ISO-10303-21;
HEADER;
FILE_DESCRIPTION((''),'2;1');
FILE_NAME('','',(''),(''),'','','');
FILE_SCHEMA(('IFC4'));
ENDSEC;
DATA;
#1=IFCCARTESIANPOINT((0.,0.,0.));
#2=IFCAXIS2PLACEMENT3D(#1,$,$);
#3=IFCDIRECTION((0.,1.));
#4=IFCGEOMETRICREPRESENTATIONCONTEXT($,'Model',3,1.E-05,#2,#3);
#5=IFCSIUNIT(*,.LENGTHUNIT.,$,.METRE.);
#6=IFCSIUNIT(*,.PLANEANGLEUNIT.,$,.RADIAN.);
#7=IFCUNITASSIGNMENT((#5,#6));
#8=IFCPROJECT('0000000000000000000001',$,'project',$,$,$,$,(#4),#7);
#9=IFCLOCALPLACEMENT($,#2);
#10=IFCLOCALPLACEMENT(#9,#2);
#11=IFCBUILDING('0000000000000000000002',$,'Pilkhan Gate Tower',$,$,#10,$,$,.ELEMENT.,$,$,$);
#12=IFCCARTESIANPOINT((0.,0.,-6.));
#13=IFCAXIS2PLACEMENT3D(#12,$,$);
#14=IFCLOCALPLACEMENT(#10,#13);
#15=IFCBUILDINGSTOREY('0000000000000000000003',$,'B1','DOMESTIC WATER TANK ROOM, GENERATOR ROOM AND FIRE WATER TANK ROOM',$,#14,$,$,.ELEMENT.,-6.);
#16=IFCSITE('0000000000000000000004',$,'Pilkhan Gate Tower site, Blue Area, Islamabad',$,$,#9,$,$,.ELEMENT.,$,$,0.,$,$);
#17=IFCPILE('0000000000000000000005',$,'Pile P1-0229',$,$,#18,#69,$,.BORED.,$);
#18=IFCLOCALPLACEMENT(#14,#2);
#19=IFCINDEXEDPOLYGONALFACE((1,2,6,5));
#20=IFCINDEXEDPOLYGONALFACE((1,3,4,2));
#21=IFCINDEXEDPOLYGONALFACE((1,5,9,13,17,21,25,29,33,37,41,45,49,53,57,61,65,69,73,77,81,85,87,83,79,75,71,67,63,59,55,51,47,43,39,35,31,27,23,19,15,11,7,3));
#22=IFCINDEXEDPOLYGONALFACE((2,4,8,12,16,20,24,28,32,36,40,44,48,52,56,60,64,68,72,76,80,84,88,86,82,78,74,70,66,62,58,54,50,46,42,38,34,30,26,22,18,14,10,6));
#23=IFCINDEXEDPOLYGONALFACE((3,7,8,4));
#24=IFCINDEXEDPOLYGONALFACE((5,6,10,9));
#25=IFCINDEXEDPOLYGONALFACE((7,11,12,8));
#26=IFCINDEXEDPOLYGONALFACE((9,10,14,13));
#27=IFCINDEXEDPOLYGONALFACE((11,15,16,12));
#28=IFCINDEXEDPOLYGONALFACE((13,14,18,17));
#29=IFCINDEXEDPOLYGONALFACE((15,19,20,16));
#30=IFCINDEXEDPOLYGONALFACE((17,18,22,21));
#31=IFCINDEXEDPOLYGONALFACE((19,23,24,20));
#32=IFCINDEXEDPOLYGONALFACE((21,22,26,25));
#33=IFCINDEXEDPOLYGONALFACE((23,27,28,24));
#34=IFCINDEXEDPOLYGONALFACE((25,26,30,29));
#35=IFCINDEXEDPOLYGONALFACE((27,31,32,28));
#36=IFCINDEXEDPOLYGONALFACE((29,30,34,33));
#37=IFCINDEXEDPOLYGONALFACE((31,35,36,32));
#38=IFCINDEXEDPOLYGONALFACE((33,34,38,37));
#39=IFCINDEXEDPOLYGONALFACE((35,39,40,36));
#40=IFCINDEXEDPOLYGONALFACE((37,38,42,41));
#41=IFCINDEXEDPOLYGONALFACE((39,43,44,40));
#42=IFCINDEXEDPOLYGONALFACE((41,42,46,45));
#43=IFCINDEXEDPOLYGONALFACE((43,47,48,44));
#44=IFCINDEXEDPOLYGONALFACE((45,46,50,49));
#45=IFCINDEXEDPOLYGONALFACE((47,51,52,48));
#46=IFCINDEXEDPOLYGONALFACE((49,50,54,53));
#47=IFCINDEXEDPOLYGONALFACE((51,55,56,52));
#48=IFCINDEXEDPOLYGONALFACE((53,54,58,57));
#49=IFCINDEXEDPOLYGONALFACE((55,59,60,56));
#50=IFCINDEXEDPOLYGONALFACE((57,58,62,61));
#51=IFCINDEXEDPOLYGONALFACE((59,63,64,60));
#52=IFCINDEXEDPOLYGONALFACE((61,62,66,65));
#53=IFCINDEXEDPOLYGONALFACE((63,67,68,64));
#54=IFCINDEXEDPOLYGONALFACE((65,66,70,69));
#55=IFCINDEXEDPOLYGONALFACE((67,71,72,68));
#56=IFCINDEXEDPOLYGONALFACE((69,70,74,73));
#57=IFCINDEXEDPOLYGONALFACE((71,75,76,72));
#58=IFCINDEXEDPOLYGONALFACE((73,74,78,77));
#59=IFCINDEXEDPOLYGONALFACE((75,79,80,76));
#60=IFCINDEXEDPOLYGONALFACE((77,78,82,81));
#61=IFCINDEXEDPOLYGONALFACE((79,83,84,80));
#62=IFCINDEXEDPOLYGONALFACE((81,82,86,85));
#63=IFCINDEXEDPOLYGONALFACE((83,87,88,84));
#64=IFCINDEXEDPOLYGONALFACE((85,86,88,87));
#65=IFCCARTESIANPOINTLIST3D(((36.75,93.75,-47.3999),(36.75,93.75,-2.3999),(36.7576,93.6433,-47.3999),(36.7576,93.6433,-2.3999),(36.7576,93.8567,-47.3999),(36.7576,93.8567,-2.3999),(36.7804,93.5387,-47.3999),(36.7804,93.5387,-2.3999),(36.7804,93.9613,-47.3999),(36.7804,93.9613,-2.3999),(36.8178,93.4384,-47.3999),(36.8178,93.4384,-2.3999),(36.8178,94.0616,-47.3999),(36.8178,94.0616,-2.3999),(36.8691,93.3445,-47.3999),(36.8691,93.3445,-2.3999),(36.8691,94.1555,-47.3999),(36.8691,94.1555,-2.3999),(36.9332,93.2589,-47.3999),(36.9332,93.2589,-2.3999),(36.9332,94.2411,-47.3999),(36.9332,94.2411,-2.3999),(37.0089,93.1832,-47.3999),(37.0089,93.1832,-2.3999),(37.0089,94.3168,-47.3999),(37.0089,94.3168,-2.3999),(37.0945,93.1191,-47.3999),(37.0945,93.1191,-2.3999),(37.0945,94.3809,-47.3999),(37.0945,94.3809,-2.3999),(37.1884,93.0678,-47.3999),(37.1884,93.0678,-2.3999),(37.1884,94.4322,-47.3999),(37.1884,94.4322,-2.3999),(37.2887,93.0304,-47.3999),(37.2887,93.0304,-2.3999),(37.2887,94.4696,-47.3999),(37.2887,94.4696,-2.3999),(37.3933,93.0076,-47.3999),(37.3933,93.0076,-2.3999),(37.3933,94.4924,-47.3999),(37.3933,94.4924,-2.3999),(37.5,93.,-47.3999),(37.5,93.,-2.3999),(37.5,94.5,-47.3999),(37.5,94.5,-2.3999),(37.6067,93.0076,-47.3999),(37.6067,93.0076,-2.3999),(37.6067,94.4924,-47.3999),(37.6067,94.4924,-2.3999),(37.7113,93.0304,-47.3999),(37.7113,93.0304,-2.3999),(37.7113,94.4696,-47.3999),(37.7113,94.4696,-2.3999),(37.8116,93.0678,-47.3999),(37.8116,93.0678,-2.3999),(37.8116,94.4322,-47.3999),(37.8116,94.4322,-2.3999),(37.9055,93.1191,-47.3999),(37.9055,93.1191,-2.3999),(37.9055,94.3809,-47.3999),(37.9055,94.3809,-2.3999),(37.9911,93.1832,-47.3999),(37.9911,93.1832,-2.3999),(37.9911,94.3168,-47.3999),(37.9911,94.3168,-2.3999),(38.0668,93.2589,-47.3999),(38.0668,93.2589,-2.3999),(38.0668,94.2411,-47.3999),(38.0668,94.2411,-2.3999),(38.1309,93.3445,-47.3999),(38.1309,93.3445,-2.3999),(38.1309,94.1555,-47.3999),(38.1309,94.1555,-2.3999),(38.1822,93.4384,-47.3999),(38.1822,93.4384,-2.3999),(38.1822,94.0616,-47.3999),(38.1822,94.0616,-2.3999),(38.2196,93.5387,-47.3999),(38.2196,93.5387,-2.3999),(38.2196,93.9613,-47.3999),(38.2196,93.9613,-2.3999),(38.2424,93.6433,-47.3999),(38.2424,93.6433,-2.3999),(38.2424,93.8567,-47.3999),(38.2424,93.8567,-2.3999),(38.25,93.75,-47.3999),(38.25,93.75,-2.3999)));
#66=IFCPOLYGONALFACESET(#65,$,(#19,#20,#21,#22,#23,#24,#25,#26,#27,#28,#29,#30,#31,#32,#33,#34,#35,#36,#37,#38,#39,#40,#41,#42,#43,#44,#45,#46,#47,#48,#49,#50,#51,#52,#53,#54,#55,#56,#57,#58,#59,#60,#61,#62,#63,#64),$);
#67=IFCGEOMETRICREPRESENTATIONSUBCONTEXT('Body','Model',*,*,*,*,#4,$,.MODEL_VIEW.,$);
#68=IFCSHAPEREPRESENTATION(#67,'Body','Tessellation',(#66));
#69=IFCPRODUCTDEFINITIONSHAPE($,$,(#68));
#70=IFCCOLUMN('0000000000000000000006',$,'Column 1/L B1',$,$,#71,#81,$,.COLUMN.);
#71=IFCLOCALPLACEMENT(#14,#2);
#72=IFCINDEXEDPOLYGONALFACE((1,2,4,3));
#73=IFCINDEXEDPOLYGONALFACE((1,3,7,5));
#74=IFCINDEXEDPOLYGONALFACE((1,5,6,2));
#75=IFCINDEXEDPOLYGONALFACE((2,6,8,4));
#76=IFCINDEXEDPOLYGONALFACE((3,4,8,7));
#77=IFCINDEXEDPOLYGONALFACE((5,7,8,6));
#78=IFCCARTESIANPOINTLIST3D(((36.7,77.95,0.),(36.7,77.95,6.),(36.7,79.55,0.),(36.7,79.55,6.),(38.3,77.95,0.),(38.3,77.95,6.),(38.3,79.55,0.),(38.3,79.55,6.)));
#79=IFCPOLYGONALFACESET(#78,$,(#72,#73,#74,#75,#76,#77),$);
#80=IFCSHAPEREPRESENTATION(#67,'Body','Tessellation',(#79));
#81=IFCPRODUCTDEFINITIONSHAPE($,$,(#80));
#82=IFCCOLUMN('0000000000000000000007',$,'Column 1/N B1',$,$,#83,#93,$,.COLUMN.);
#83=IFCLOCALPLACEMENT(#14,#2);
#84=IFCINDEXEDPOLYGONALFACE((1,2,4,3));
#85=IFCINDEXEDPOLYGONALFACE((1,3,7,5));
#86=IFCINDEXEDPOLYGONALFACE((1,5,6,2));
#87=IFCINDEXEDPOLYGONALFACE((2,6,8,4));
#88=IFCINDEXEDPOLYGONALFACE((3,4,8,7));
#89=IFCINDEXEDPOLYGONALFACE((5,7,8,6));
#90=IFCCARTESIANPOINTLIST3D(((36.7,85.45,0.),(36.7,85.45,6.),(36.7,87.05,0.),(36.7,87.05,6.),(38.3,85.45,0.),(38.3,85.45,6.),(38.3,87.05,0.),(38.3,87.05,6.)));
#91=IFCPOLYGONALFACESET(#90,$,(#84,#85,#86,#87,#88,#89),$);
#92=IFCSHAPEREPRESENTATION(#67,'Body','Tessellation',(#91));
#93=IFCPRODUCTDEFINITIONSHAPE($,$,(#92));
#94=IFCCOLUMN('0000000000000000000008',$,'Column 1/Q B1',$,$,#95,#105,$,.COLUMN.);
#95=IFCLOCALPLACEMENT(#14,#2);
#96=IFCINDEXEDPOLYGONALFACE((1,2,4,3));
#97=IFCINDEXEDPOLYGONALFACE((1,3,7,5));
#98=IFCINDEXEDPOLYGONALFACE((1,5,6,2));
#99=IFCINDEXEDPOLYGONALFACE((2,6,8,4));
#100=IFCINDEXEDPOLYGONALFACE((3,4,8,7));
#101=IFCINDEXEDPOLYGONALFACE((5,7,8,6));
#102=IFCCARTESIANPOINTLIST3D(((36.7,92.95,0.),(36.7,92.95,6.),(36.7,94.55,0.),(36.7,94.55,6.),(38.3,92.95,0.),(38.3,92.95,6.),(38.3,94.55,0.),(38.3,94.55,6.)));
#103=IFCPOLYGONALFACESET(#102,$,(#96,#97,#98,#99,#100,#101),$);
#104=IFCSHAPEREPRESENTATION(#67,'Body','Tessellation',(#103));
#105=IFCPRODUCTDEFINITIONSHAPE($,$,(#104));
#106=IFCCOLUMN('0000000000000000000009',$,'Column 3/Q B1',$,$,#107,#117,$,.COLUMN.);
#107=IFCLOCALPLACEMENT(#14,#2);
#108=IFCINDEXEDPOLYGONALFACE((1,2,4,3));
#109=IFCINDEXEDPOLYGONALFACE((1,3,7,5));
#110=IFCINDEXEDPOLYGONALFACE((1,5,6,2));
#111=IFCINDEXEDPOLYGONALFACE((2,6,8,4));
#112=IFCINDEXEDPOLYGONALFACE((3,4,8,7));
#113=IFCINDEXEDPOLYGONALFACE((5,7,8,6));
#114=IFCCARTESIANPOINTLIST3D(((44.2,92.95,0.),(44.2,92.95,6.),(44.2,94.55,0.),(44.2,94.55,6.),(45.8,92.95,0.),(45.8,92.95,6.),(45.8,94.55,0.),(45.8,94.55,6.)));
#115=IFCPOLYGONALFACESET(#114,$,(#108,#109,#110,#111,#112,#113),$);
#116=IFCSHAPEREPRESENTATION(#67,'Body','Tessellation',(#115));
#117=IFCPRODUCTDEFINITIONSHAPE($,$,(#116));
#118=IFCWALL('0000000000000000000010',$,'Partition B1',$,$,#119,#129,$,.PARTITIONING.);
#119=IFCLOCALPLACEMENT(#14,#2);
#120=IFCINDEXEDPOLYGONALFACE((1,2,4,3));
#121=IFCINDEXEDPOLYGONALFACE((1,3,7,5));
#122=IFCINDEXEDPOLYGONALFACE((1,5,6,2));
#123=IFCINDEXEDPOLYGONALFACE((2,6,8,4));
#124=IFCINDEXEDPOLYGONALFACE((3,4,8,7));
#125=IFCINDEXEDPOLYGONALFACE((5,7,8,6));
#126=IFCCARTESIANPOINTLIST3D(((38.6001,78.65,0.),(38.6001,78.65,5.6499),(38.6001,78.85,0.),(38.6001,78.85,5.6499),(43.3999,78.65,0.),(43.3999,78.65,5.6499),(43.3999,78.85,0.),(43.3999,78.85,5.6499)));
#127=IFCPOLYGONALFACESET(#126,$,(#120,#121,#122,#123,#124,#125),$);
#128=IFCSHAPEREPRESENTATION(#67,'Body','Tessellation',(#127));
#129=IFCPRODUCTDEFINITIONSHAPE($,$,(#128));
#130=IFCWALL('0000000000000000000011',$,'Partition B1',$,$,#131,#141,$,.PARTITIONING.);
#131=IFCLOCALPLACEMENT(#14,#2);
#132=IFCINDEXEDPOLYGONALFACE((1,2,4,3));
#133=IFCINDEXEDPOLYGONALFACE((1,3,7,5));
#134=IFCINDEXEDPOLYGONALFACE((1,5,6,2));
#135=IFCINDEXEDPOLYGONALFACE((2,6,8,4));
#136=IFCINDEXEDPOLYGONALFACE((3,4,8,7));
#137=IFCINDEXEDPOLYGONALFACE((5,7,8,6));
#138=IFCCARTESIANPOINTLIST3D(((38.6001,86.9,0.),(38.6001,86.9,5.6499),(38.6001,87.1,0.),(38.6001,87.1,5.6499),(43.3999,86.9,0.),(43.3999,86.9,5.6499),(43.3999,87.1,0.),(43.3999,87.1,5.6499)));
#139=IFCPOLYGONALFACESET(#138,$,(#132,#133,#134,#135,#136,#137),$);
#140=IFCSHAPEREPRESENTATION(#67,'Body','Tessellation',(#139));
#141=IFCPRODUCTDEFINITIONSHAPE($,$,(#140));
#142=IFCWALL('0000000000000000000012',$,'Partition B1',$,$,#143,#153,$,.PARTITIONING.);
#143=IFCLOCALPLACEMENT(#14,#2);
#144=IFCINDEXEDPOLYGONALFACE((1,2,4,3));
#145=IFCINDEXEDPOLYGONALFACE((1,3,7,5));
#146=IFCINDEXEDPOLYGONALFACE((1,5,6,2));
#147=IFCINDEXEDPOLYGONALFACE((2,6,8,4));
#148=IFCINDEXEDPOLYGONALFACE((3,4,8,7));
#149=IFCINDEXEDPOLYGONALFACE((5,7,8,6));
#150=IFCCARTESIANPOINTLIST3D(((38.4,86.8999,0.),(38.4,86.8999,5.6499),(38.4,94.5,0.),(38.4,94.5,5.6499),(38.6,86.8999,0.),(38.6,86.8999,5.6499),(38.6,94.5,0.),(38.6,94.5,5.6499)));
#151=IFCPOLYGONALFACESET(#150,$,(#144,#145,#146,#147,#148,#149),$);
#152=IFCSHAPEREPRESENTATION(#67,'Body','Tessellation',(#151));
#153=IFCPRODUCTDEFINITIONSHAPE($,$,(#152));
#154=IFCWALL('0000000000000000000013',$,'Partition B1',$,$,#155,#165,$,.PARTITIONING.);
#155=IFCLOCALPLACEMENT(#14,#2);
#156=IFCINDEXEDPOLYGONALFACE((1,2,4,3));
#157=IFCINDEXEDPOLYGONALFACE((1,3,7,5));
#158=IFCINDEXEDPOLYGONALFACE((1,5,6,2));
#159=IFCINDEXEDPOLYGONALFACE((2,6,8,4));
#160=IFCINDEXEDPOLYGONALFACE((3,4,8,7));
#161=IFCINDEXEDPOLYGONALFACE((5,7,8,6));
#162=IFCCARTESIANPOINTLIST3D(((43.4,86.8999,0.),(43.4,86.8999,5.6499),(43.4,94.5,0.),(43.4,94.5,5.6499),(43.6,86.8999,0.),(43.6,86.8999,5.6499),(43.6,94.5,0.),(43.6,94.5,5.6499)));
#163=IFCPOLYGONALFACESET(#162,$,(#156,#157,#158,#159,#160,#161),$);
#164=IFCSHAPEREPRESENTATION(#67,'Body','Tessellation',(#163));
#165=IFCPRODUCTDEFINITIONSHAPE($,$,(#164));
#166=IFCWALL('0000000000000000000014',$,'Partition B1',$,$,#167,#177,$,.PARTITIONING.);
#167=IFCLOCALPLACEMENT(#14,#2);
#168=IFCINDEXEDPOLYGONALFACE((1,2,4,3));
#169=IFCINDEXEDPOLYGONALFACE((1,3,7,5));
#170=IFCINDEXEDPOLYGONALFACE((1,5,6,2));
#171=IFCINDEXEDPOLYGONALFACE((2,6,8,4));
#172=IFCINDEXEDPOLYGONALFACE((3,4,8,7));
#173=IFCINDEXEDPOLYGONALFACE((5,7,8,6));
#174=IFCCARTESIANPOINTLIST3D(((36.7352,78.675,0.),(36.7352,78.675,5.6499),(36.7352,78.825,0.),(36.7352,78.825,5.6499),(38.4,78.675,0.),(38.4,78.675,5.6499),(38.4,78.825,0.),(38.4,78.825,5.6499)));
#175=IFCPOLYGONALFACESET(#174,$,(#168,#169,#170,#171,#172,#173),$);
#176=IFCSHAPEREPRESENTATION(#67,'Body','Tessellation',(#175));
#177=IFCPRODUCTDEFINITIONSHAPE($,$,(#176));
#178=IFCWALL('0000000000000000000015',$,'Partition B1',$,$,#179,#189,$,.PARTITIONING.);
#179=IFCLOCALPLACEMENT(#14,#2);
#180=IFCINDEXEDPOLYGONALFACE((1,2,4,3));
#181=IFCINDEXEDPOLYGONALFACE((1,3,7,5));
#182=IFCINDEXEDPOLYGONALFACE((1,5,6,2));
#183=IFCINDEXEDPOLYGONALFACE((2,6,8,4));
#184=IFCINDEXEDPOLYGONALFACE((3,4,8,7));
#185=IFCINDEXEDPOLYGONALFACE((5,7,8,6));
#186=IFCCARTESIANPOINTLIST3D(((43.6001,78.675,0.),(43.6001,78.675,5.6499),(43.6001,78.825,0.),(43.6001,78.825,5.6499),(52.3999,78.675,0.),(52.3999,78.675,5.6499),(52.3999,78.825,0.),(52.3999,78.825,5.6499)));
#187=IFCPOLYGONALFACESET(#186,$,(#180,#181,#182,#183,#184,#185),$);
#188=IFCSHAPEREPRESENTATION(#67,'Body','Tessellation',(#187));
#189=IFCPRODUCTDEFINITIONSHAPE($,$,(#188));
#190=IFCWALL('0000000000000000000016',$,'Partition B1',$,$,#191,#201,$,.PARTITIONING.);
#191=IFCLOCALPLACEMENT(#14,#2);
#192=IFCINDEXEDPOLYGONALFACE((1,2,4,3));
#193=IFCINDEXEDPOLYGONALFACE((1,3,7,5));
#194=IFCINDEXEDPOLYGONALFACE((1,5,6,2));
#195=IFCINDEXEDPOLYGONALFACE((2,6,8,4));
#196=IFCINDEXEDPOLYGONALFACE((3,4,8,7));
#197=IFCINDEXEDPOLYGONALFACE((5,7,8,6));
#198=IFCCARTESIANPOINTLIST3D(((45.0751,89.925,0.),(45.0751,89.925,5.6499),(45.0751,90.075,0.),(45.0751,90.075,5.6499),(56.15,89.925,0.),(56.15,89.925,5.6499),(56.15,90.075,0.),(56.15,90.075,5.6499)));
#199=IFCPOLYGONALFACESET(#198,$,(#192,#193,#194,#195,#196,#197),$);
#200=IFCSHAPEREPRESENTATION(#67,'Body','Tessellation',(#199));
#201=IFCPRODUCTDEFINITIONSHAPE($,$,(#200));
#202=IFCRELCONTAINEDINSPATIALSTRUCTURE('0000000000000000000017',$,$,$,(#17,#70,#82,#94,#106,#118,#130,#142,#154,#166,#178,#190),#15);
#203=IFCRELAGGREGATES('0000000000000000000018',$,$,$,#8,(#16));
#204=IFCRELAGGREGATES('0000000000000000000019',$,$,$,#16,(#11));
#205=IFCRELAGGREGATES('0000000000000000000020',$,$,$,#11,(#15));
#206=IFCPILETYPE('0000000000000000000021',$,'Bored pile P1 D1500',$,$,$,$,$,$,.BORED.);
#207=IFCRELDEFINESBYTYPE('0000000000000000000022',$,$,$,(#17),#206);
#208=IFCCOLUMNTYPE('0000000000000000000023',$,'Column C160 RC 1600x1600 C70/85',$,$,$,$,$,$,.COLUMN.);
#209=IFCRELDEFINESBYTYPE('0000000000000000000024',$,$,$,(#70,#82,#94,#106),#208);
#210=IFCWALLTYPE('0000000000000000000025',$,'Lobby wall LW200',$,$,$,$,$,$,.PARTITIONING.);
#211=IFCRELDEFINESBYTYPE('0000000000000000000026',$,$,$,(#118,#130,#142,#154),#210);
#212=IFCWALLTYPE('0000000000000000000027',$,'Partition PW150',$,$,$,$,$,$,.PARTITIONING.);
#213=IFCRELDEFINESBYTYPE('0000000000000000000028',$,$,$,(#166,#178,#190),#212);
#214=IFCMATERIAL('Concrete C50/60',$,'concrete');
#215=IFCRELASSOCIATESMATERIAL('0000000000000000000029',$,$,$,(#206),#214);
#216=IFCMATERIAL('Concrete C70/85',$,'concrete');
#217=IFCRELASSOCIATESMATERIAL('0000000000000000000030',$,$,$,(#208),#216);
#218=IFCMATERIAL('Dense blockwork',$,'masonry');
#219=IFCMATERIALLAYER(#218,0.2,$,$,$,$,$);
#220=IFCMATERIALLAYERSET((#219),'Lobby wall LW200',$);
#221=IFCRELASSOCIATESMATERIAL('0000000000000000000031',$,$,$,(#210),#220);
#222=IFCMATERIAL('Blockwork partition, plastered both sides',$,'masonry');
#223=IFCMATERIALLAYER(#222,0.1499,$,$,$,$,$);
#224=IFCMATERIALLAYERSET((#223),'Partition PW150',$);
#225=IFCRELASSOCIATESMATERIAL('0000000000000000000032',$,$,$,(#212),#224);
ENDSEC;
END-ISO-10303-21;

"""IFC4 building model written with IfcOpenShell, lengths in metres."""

from ifc_helpers import new_model, si_unit, direction, frame, frame_2d, origin, origin_2d, place, context, subcontext, project, spatial, rectangle, circle, extrude, material, layer, layer_set, material_profile, profile_set, type_object, element, save


model = new_model("IFC4")

# Units and contexts
model_context = context("Model", 3, precision=1e-05, world=origin(), true_north=direction((0.0, 1.0)))
body_context = subcontext(model_context, "Body", "Model", "MODEL_VIEW")
ifc_project = project(units=[si_unit("LENGTHUNIT", "METRE"), si_unit("PLANEANGLEUNIT", "RADIAN")], contexts=[model_context])

# Site, building, storey
site_placement = place(None, origin())
site = spatial("IfcSite", under=ifc_project, at=site_placement, Name="Pilkhan Gate Tower site, Blue Area, Islamabad", CompositionType="ELEMENT", RefElevation=0.0)
building_placement = place(site_placement, origin())
building = spatial("IfcBuilding", under=site, at=building_placement, Name="Pilkhan Gate Tower", CompositionType="ELEMENT")
storey_placement = place(building_placement, frame((0.0, 0.0, -6.0)))
storey = spatial("IfcBuildingStorey", under=building, at=storey_placement, Name="B1", Description="DOMESTIC WATER TANK ROOM, GENERATOR ROOM AND FIRE WATER TANK ROOM", CompositionType="ELEMENT", Elevation=-6.0)

# Pile
ifc_material_1 = material(Name="Concrete C50/60", Category="concrete")
ifc_material_profile_1 = material_profile(ifc_material_1, circle(Radius=0.75, at=origin_2d()), Name="Bored pile 1500 dia")
ifc_profile_set_1 = profile_set([ifc_material_profile_1], Name="Concrete C50/60")
pile_type = type_object("IfcPileType", Name="Bored pile P1 D1500", PredefinedType="BORED", material=ifc_profile_set_1)
for number, where, z_axis, x_axis, name in (
    (1, (37.5, 93.75, -2.3999), (0.0, 0.0, -1.0), (1.0, 0.0, 0.0), "Pile P1-0229"),
):
    element("IfcPile", number, at=place(storey_placement, frame(where, z_axis=z_axis, x_axis=x_axis)), inside=storey, type_object=pile_type, Name=name, PredefinedType="BORED", context=body_context, shape_type="SweptSolid", body=[
        extrude(circle(Radius=0.75, at=origin_2d()), origin(), (0.0, 0.0, 1.0), 45.0),
    ])

# Columns
ifc_material_2 = material(Name="Concrete C70/85", Category="concrete")
ifc_material_profile_2 = material_profile(ifc_material_2, rectangle(XDim=1.6001, YDim=1.6001, at=origin_2d()), Name="RC 1600x1600")
ifc_profile_set_2 = profile_set([ifc_material_profile_2], Name="Concrete C70/85")
column_type = type_object("IfcColumnType", Name="Column C160 RC 1600x1600 C70/85", PredefinedType="COLUMN", material=ifc_profile_set_2)
for number, where, z_axis, x_axis, name in (
    (2, (37.5, 78.75, 0.0), (0.0, 0.0, 1.0), (1.0, 0.0, 0.0), "Column 1/L B1"),
    (3, (37.5, 86.25, 0.0), (0.0, 0.0, 1.0), (1.0, 0.0, 0.0), "Column 1/N B1"),
    (4, (37.5, 93.75, 0.0), (0.0, 0.0, 1.0), (1.0, 0.0, 0.0), "Column 1/Q B1"),
    (5, (45.0, 93.75, 0.0), (0.0, 0.0, 1.0), (1.0, 0.0, 0.0), "Column 3/Q B1"),
):
    element("IfcColumn", number, at=place(storey_placement, frame(where, z_axis=z_axis, x_axis=x_axis)), inside=storey, type_object=column_type, Name=name, PredefinedType="COLUMN", context=body_context, shape_type="SweptSolid", body=[
        extrude(rectangle(XDim=1.6001, YDim=1.6001, at=origin_2d()), origin(), (0.0, 0.0, 1.0), 6.0),
    ])

# Walls
ifc_material_3 = material(Name="Dense blockwork", Category="masonry")
ifc_layer_1 = layer(ifc_material_3, 0.2)
ifc_layer_set_1 = layer_set([ifc_layer_1], Name="Lobby wall LW200")
wall_type_1 = type_object("IfcWallType", Name="Lobby wall LW200", PredefinedType="PARTITIONING", material=ifc_layer_set_1)
for number, where, z_axis, x_axis, name in (
    (6, (38.6001, 78.75, 0.0), (0.0, 0.0, 1.0), (1.0, 0.0, 0.0), "Partition B1"),
    (7, (38.6001, 87.0, 0.0), (0.0, 0.0, 1.0), (1.0, 0.0, 0.0), "Partition B1"),
):
    element("IfcWall", number, at=place(storey_placement, frame(where, z_axis=z_axis, x_axis=x_axis)), inside=storey, type_object=wall_type_1, Name=name, PredefinedType="PARTITIONING", context=body_context, shape_type="SweptSolid", body=[
        extrude(rectangle(XDim=4.7998, YDim=0.2, at=frame_2d((2.3999, 0.0))), origin(), (0.0, 0.0, 1.0), 5.6499),
    ])
for number, where, z_axis, x_axis, name in (
    (8, (38.5, 86.8999, 0.0), (0.0, 0.0, 1.0), (0.0, 1.0, 0.0), "Partition B1"),
    (9, (43.5, 86.8999, 0.0), (0.0, 0.0, 1.0), (0.0, 1.0, 0.0), "Partition B1"),
):
    element("IfcWall", number, at=place(storey_placement, frame(where, z_axis=z_axis, x_axis=x_axis)), inside=storey, type_object=wall_type_1, Name=name, PredefinedType="PARTITIONING", context=body_context, shape_type="SweptSolid", body=[
        extrude(rectangle(XDim=7.6001, YDim=0.2, at=frame_2d((3.8, 0.0))), origin(), (0.0, 0.0, 1.0), 5.6499),
    ])
ifc_material_4 = material(Name="Blockwork partition, plastered both sides", Category="masonry")
ifc_layer_2 = layer(ifc_material_4, 0.1499)
ifc_layer_set_2 = layer_set([ifc_layer_2], Name="Partition PW150")
wall_type_2 = type_object("IfcWallType", Name="Partition PW150", PredefinedType="PARTITIONING", material=ifc_layer_set_2)
wall_1_placement = place(storey_placement, frame((36.7351, 78.75, 0.0), z_axis=(0.0, 0.0, 1.0), x_axis=(1.0, 0.0, 0.0)))
element("IfcWall", 10, at=wall_1_placement, inside=storey, type_object=wall_type_2, Name="Partition B1", PredefinedType="PARTITIONING", context=body_context, shape_type="SweptSolid", body=[
    extrude(rectangle(XDim=1.6648, YDim=0.1499, at=frame_2d((0.8325, 0.0))), origin(), (0.0, 0.0, 1.0), 5.6499),
])
wall_2_placement = place(storey_placement, frame((43.6001, 78.75, 0.0), z_axis=(0.0, 0.0, 1.0), x_axis=(1.0, 0.0, 0.0)))
element("IfcWall", 11, at=wall_2_placement, inside=storey, type_object=wall_type_2, Name="Partition B1", PredefinedType="PARTITIONING", context=body_context, shape_type="SweptSolid", body=[
    extrude(rectangle(XDim=8.7998, YDim=0.1499, at=frame_2d((4.3999, 0.0))), origin(), (0.0, 0.0, 1.0), 5.6499),
])
wall_3_placement = place(storey_placement, frame((45.075, 90.0, 0.0), z_axis=(0.0, 0.0, 1.0), x_axis=(1.0, 0.0, 0.0)))
element("IfcWall", 12, at=wall_3_placement, inside=storey, type_object=wall_type_2, Name="Partition B1", PredefinedType="PARTITIONING", context=body_context, shape_type="SweptSolid", body=[
    extrude(rectangle(XDim=11.075, YDim=0.1499, at=frame_2d((5.5376, 0.0))), origin(), (0.0, 0.0, 1.0), 5.6499),
])

save(model, "model.ifc")
